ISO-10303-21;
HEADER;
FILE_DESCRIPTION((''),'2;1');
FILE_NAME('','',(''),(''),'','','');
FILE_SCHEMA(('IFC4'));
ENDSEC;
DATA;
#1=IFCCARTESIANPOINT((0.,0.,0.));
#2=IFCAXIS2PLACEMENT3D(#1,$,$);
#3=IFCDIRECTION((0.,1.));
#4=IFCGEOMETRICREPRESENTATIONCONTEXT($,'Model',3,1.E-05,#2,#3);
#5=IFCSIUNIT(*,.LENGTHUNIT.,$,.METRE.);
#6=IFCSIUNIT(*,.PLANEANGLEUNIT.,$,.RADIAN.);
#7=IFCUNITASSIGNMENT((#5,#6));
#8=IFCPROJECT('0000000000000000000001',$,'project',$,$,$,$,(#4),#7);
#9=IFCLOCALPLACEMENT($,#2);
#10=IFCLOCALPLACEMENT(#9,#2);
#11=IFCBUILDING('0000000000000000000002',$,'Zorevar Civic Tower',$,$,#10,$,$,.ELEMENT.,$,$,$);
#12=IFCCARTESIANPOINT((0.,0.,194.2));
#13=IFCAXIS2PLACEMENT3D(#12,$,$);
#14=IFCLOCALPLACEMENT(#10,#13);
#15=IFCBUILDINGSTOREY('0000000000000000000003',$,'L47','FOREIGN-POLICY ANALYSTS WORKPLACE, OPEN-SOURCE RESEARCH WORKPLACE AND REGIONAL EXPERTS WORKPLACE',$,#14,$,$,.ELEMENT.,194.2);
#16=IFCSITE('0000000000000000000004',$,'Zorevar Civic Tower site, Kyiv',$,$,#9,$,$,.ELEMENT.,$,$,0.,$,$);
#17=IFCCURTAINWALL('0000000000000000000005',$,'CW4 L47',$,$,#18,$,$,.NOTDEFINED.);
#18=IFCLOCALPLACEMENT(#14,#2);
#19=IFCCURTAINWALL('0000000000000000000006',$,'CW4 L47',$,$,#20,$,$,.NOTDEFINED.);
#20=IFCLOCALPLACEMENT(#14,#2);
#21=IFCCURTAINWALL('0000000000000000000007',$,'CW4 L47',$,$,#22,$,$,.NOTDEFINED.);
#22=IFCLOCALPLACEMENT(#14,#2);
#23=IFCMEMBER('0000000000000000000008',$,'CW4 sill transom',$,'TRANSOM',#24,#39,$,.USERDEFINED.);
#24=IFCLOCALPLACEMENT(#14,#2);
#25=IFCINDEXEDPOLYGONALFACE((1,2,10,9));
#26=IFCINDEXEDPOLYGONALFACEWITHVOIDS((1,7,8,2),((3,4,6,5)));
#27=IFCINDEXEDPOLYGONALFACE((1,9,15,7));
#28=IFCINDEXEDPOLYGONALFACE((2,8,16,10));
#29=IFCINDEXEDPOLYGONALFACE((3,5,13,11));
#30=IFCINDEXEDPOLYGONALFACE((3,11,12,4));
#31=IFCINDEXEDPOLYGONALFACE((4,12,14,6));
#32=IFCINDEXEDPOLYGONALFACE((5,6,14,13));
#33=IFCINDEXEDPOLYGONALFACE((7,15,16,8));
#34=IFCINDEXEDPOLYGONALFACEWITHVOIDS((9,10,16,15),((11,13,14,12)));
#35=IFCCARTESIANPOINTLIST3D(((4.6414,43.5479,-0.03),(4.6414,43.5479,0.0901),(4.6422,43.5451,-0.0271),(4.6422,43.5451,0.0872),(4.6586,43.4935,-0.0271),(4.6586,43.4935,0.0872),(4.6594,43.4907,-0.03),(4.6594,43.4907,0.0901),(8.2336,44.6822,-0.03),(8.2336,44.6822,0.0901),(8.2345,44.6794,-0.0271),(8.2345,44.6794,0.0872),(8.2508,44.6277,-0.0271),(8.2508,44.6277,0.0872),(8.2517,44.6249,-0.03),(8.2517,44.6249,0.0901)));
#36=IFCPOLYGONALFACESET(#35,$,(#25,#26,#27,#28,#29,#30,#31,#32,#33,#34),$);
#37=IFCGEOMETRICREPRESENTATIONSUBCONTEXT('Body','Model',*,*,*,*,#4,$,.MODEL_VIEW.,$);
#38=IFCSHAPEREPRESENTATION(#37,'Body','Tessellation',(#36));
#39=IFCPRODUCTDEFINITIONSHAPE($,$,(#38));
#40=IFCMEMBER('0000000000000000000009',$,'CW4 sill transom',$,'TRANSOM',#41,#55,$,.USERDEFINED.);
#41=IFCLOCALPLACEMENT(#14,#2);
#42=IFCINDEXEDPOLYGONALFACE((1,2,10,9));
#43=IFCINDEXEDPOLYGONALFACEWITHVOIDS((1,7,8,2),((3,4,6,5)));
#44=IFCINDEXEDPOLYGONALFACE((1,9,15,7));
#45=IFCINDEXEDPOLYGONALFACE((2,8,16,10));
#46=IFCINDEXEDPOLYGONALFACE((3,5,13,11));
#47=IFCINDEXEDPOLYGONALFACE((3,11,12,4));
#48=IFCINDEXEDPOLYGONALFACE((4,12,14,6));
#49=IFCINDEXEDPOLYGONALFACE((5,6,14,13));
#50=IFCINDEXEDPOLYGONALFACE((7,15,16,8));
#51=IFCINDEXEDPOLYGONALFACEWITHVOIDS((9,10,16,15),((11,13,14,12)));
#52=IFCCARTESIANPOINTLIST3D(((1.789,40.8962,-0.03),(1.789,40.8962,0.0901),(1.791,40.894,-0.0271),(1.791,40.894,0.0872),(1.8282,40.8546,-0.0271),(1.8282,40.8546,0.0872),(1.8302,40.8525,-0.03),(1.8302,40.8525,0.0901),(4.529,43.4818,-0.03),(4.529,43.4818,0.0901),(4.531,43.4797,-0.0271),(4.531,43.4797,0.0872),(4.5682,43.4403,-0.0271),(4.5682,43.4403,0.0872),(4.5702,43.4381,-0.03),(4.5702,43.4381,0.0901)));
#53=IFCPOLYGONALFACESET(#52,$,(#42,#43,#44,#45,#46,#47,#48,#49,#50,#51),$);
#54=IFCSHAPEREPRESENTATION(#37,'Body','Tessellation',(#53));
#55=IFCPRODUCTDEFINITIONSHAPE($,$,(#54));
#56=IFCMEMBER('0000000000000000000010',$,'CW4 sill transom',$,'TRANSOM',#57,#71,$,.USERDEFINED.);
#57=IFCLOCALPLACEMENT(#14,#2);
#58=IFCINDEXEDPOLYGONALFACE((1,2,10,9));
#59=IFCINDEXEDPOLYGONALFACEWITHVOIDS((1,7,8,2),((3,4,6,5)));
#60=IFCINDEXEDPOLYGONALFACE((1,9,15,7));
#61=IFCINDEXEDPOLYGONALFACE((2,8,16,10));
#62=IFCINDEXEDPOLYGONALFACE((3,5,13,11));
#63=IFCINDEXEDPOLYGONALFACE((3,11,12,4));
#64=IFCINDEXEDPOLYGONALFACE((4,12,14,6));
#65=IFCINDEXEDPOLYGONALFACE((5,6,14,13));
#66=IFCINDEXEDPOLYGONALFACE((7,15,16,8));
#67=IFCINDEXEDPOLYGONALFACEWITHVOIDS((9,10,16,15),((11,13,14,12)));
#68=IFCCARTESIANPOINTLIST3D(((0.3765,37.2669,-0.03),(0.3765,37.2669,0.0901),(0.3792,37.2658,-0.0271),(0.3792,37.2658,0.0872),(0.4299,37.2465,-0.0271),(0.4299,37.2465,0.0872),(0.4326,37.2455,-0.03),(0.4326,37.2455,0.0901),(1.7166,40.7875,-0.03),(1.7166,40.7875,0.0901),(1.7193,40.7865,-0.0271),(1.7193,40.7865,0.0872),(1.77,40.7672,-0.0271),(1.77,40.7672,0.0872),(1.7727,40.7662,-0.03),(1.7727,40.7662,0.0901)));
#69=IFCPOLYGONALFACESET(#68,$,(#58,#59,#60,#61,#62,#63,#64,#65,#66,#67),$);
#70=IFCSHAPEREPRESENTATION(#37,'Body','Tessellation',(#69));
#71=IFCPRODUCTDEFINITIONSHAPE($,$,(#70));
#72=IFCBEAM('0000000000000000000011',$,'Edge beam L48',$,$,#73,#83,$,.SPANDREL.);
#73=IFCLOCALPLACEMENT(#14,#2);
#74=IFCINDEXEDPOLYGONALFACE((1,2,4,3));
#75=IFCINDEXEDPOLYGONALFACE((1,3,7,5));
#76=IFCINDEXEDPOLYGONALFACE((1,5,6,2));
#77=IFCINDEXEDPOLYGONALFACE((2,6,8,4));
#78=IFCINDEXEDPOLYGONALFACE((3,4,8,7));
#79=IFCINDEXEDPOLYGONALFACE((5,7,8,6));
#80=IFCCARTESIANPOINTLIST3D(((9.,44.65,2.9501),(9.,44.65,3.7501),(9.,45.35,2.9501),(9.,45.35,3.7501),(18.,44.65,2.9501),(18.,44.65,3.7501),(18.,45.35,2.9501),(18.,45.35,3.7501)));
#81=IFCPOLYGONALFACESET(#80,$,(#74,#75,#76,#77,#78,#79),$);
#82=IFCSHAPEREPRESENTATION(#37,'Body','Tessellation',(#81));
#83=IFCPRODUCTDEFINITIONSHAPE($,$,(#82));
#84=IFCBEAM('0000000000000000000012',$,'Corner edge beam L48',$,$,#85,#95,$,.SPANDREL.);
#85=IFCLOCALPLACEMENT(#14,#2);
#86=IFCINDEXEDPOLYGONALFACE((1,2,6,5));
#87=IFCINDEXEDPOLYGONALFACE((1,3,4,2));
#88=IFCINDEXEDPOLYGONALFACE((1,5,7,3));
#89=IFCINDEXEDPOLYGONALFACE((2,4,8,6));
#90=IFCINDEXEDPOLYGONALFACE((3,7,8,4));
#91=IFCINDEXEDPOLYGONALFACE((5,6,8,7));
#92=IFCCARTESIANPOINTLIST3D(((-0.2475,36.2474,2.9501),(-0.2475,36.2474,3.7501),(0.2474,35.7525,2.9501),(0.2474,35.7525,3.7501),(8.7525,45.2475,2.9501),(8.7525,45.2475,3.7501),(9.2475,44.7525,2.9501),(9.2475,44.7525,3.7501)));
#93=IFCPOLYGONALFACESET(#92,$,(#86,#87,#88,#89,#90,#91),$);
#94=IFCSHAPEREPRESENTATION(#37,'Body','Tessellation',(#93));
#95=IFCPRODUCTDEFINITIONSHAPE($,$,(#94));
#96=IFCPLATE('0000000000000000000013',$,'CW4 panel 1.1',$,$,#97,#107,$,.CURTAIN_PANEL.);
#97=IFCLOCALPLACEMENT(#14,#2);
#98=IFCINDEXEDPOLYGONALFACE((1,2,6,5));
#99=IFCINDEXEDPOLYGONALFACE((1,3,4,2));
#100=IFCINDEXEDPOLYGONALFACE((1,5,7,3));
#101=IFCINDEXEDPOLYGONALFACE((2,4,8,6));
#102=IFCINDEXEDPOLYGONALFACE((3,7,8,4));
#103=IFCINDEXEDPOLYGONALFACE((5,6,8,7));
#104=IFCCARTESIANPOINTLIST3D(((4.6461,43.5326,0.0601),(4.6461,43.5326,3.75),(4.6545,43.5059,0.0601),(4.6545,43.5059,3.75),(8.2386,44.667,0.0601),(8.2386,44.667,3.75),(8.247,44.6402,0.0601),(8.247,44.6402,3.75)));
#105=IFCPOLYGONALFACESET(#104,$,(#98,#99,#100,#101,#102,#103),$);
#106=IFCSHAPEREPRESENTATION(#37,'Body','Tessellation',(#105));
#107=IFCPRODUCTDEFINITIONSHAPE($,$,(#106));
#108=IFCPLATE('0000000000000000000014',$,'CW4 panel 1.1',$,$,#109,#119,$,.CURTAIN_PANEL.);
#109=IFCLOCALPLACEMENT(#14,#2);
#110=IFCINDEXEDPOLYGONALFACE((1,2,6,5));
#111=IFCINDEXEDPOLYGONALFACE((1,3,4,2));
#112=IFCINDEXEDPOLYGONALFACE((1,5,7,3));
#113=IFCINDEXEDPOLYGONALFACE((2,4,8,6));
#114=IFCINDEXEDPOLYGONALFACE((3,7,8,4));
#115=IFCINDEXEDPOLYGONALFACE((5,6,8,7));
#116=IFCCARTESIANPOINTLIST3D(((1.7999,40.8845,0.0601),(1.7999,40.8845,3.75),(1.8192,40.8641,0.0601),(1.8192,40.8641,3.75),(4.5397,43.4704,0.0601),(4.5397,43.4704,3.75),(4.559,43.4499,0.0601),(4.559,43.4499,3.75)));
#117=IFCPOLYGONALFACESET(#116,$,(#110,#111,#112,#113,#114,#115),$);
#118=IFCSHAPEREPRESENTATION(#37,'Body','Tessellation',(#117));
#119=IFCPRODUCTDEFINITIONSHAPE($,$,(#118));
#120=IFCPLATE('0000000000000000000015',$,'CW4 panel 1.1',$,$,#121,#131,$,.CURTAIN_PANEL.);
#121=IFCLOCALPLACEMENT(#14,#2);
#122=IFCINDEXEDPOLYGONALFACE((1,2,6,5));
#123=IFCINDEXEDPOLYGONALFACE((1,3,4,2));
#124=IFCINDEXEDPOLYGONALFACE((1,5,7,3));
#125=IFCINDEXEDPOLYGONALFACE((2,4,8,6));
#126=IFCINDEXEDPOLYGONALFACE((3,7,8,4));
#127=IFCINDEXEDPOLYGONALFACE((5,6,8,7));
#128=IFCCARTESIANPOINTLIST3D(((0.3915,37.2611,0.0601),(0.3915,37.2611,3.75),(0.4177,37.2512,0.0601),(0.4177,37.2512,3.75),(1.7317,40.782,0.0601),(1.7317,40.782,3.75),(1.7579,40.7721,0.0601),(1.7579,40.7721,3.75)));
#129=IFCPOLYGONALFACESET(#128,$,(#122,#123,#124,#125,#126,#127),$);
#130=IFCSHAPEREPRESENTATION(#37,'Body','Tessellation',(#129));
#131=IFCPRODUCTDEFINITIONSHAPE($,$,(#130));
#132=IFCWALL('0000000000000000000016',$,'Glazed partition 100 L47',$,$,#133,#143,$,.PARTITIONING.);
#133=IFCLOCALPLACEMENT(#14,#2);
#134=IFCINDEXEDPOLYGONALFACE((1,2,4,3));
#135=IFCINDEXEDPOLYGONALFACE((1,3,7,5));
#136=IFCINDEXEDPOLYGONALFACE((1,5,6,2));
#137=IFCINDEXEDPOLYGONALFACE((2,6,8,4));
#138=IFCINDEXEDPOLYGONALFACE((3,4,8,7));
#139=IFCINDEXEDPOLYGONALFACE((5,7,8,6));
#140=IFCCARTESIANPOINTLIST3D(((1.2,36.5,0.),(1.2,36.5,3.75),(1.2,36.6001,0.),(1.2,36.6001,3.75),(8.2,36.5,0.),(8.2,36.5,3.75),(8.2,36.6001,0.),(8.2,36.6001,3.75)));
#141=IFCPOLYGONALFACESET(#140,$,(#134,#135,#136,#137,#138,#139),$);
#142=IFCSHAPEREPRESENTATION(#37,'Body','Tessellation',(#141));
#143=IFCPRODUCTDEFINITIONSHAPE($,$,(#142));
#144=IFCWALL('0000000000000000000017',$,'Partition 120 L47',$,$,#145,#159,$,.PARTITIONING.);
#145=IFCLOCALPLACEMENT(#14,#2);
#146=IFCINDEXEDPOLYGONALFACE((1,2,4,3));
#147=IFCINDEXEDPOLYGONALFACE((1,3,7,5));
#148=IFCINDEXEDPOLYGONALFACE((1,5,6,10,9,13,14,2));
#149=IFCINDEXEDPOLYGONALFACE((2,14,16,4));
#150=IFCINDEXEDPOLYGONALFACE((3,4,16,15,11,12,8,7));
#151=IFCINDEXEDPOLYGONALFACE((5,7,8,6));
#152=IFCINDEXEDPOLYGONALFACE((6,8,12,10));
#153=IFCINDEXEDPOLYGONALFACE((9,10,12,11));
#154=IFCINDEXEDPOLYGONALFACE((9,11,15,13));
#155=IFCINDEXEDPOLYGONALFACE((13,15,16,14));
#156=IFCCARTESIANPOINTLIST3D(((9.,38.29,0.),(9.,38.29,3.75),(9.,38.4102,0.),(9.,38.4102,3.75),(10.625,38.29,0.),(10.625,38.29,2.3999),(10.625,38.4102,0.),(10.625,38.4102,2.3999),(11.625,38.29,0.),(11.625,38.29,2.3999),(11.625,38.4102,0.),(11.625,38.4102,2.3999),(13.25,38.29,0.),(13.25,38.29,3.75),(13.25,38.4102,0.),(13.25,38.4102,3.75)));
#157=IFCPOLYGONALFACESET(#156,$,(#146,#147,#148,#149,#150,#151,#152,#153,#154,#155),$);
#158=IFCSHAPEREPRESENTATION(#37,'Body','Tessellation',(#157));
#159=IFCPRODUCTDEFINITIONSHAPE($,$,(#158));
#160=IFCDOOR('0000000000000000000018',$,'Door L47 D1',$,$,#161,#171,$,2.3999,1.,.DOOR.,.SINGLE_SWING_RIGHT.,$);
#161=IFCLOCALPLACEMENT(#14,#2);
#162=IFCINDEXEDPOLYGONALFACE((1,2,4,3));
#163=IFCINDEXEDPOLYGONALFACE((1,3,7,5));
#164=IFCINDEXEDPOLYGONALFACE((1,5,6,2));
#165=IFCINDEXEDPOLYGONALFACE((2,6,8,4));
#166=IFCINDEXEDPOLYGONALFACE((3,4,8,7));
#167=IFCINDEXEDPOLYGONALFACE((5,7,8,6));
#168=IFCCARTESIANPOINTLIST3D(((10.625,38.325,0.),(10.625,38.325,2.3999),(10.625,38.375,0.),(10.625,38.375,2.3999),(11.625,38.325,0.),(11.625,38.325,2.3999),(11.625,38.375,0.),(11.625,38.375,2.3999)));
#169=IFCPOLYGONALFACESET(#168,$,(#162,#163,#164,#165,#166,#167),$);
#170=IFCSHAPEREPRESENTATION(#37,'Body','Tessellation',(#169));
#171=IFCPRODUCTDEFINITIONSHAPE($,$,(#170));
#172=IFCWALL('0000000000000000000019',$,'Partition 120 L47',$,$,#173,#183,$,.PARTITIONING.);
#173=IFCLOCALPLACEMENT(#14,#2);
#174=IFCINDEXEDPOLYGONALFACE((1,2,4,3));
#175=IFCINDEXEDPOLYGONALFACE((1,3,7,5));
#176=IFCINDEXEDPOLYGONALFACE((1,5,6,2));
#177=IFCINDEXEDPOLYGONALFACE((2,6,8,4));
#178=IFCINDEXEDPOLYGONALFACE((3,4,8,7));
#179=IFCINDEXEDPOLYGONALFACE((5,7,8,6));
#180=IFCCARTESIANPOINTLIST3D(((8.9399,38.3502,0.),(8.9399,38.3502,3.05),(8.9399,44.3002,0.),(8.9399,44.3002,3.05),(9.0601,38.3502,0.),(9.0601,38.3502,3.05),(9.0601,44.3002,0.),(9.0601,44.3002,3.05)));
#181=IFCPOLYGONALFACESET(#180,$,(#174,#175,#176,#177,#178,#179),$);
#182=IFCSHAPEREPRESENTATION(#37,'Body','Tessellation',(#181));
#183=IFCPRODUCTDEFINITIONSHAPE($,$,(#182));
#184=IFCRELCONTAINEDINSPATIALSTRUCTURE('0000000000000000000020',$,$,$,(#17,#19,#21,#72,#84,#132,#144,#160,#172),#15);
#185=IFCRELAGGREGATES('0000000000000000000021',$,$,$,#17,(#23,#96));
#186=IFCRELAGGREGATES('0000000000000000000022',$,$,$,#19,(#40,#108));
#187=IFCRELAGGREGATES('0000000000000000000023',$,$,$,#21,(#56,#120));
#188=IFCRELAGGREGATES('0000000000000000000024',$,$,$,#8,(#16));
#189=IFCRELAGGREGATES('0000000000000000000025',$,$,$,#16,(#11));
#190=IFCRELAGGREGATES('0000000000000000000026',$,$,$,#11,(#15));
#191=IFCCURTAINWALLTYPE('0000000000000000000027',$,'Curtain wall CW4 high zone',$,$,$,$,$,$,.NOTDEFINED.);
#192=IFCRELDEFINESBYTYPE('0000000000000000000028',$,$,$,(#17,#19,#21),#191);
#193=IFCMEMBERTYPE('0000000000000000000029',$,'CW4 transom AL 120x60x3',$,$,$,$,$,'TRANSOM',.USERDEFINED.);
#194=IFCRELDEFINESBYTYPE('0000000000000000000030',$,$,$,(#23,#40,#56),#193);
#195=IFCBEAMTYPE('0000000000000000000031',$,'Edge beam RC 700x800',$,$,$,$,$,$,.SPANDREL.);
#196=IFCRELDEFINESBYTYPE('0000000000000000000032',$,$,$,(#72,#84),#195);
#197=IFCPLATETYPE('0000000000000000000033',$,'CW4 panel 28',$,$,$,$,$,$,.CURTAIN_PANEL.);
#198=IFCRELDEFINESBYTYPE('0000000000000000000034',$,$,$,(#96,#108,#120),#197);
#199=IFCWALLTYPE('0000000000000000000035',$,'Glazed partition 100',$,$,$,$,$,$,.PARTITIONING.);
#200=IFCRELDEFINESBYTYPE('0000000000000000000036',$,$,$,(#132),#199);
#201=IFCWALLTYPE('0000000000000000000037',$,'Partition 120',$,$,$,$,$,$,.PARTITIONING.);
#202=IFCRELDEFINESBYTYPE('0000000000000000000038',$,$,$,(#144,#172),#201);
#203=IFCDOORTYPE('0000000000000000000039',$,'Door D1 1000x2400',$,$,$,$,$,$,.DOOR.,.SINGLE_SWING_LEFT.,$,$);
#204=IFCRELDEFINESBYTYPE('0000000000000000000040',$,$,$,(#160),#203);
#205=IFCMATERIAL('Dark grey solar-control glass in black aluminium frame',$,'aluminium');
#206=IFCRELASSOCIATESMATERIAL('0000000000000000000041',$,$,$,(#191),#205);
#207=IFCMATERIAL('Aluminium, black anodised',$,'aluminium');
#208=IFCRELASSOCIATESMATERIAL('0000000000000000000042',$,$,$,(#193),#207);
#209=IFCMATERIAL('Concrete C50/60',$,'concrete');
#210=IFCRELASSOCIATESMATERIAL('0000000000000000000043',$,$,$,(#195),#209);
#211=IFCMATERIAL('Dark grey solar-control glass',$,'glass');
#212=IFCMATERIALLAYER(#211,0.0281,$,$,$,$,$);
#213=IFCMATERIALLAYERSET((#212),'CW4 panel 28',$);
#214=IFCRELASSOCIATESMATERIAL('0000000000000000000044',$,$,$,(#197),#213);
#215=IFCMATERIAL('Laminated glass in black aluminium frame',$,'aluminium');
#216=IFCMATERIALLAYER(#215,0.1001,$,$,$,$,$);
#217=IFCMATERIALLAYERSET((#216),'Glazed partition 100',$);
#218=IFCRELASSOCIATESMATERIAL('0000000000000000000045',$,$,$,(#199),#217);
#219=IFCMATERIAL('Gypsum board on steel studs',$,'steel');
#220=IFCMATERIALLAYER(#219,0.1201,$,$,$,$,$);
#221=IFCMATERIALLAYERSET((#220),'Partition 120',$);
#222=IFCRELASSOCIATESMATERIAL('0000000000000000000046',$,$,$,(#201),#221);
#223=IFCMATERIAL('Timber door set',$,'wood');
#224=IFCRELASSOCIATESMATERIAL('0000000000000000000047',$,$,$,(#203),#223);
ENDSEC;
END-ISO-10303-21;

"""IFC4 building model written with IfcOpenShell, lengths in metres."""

from ifc_helpers import new_model, si_unit, direction, frame, frame_2d, origin, origin_2d, place, context, subcontext, project, spatial, rectangle, hollow_rectangle, extrude, material, layer, layer_set, material_profile, profile_set, type_object, element, fill, aggregate, save


model = new_model("IFC4")

# Units and contexts
model_context = context("Model", 3, precision=1e-05, world=origin(), true_north=direction((0.0, 1.0)))
body_context = subcontext(model_context, "Body", "Model", "MODEL_VIEW")
ifc_project = project(units=[si_unit("LENGTHUNIT", "METRE"), si_unit("PLANEANGLEUNIT", "RADIAN")], contexts=[model_context])

# Site, building, storey
site_placement = place(None, origin())
site = spatial("IfcSite", under=ifc_project, at=site_placement, Name="Zorevar Civic Tower site, Kyiv", CompositionType="ELEMENT", RefElevation=0.0)
building_placement = place(site_placement, origin())
building = spatial("IfcBuilding", under=site, at=building_placement, Name="Zorevar Civic Tower", CompositionType="ELEMENT")
storey_placement = place(building_placement, frame((0.0, 0.0, 194.2)))
storey = spatial("IfcBuildingStorey", under=building, at=storey_placement, Name="L47", Description="FOREIGN-POLICY ANALYSTS WORKPLACE, OPEN-SOURCE RESEARCH WORKPLACE AND REGIONAL EXPERTS WORKPLACE", CompositionType="ELEMENT", Elevation=194.2)

# Curtain walls
ifc_material_1 = material(Name="Dark grey solar-control glass in black aluminium frame", Category="aluminium")
curtain_wall_type = type_object("IfcCurtainWallType", Name="Curtain wall CW4 high zone", PredefinedType="NOTDEFINED", material=ifc_material_1)
curtain_wall_1_placement = place(storey_placement, origin())
curtain_wall_1 = element("IfcCurtainWall", 1, at=curtain_wall_1_placement, inside=storey, type_object=curtain_wall_type, Name="CW4 L47", PredefinedType="NOTDEFINED")
curtain_wall_2_placement = place(storey_placement, origin())
curtain_wall_2 = element("IfcCurtainWall", 2, at=curtain_wall_2_placement, inside=storey, type_object=curtain_wall_type, Name="CW4 L47", PredefinedType="NOTDEFINED")
curtain_wall_3_placement = place(storey_placement, origin())
curtain_wall_3 = element("IfcCurtainWall", 3, at=curtain_wall_3_placement, inside=storey, type_object=curtain_wall_type, Name="CW4 L47", PredefinedType="NOTDEFINED")

# Members
ifc_material_2 = material(Name="Aluminium, black anodised", Category="aluminium")
ifc_material_profile_1 = material_profile(ifc_material_2, hollow_rectangle(XDim=0.0601, YDim=0.1201, WallThickness=0.0029, at=origin_2d()), Name="AL 120x60x3")
ifc_profile_set_1 = profile_set([ifc_material_profile_1], Name="Aluminium, black anodised")
member_type_1 = type_object("IfcMemberType", Name="CW4 transom AL 120x60x3", ElementType="TRANSOM", PredefinedType="USERDEFINED", material=ifc_profile_set_1)
member_1_placement = place(storey_placement, frame((8.2427, 44.6536, 0.03), z_axis=(-0.953592, -0.3011, 0.0), x_axis=(0.3011, -0.953592, 0.0)))
member_1 = element("IfcMember", 4, at=member_1_placement, type_object=member_type_1, Name="CW4 sill transom", ObjectType="TRANSOM", PredefinedType="USERDEFINED", context=body_context, shape_type="SweptSolid", body=[
    extrude(hollow_rectangle(XDim=0.0601, YDim=0.1201, WallThickness=0.0029, at=origin_2d()), origin(), (0.0, 0.0, 1.0), 3.7671),
])
member_2_placement = place(storey_placement, frame((4.5496, 43.46, 0.03), z_axis=(-0.727288, -0.686332, 0.0), x_axis=(0.686332, -0.727288, 0.0)))
member_2 = element("IfcMember", 5, at=member_2_placement, type_object=member_type_1, Name="CW4 sill transom", ObjectType="TRANSOM", PredefinedType="USERDEFINED", context=body_context, shape_type="SweptSolid", body=[
    extrude(hollow_rectangle(XDim=0.0601, YDim=0.1201, WallThickness=0.0029, at=origin_2d()), origin(), (0.0, 0.0, 1.0), 3.7673),
])
member_3_placement = place(storey_placement, frame((1.7446, 40.7769, 0.03), z_axis=(-0.355729, -0.934589, 0.0), x_axis=(0.934589, -0.355729, 0.0)))
member_3 = element("IfcMember", 6, at=member_3_placement, type_object=member_type_1, Name="CW4 sill transom", ObjectType="TRANSOM", PredefinedType="USERDEFINED", context=body_context, shape_type="SweptSolid", body=[
    extrude(hollow_rectangle(XDim=0.0601, YDim=0.1201, WallThickness=0.0029, at=origin_2d()), origin(), (0.0, 0.0, 1.0), 3.7671),
])

# Beams
ifc_material_3 = material(Name="Concrete C50/60", Category="concrete")
ifc_material_profile_2 = material_profile(ifc_material_3, rectangle(XDim=0.7, YDim=0.8, at=origin_2d()), Name="RC 700x800")
ifc_profile_set_2 = profile_set([ifc_material_profile_2], Name="Concrete C50/60")
beam_type_1 = type_object("IfcBeamType", Name="Edge beam RC 700x800", PredefinedType="SPANDREL", material=ifc_profile_set_2)
beam_1_placement = place(storey_placement, frame((9.0, 45.0, 3.3501), z_axis=(1.0, 0.0, 0.0), x_axis=(0.0, 1.0, 0.0)))
element("IfcBeam", 7, at=beam_1_placement, inside=storey, type_object=beam_type_1, Name="Edge beam L48", PredefinedType="SPANDREL", context=body_context, shape_type="SweptSolid", body=[
    extrude(rectangle(XDim=0.7, YDim=0.8, at=origin_2d()), origin(), (0.0, 0.0, 1.0), 9.0),
])
beam_2_placement = place(storey_placement, frame((9.0, 45.0, 3.3501), z_axis=(-0.707107, -0.707107, 0.0), x_axis=(0.707107, -0.707107, 0.0)))
element("IfcBeam", 8, at=beam_2_placement, inside=storey, type_object=beam_type_1, Name="Corner edge beam L48", PredefinedType="SPANDREL", context=body_context, shape_type="SweptSolid", body=[
    extrude(rectangle(XDim=0.7, YDim=0.8, at=origin_2d()), origin(), (0.0, 0.0, 1.0), 12.728),
])

# Plates
ifc_material_4 = material(Name="Dark grey solar-control glass", Category="glass")
ifc_layer_1 = layer(ifc_material_4, 0.0281)
ifc_layer_set_1 = layer_set([ifc_layer_1], Name="CW4 panel 28")
plate_type = type_object("IfcPlateType", Name="CW4 panel 28", PredefinedType="CURTAIN_PANEL", material=ifc_layer_set_1)
plate_1_placement = place(storey_placement, frame((6.4465, 44.0864, 0.0601), z_axis=(0.0, 0.0, 1.0), x_axis=(-0.95359, -0.301108, 0.0)))
plate_1 = element("IfcPlate", 9, at=plate_1_placement, type_object=plate_type, Name="CW4 panel 1.1", PredefinedType="CURTAIN_PANEL", context=body_context, shape_type="SweptSolid", body=[
    extrude(rectangle(XDim=3.7673, YDim=0.0281, at=origin_2d()), origin(), (0.0, 0.0, 1.0), 3.6899),
])
aggregate(curtain_wall_1, [member_1, plate_1])
plate_2_placement = place(storey_placement, frame((3.1794, 42.1672, 0.0601), z_axis=(0.0, 0.0, 1.0), x_axis=(-0.727245, -0.686378, 0.0)))
plate_2 = element("IfcPlate", 10, at=plate_2_placement, type_object=plate_type, Name="CW4 panel 1.1", PredefinedType="CURTAIN_PANEL", context=body_context, shape_type="SweptSolid", body=[
    extrude(rectangle(XDim=3.7673, YDim=0.0281, at=origin_2d()), origin(), (0.0, 0.0, 1.0), 3.6899),
])
aggregate(curtain_wall_2, [member_2, plate_2])
plate_3_placement = place(storey_placement, frame((1.0747, 39.0166, 0.0601), z_axis=(0.0, 0.0, 1.0), x_axis=(-0.355731, -0.934588, 0.0)))
plate_3 = element("IfcPlate", 11, at=plate_3_placement, type_object=plate_type, Name="CW4 panel 1.1", PredefinedType="CURTAIN_PANEL", context=body_context, shape_type="SweptSolid", body=[
    extrude(rectangle(XDim=3.7673, YDim=0.0281, at=origin_2d()), origin(), (0.0, 0.0, 1.0), 3.6899),
])
aggregate(curtain_wall_3, [member_3, plate_3])

# Wall
ifc_material_5 = material(Name="Laminated glass in black aluminium frame", Category="aluminium")
ifc_layer_2 = layer(ifc_material_5, 0.1001)
ifc_layer_set_2 = layer_set([ifc_layer_2], Name="Glazed partition 100")
wall_type_1 = type_object("IfcWallType", Name="Glazed partition 100", PredefinedType="PARTITIONING", material=ifc_layer_set_2)
wall_1_placement = place(storey_placement, frame((1.2, 36.55, 0.0), z_axis=(0.0, 0.0, 1.0), x_axis=(1.0, 0.0, 0.0)))
element("IfcWall", 12, at=wall_1_placement, inside=storey, type_object=wall_type_1, Name="Glazed partition 100 L47", PredefinedType="PARTITIONING", context=body_context, shape_type="SweptSolid", body=[
    extrude(rectangle(XDim=7.0, YDim=0.1001, at=frame_2d((3.5, 0.0))), origin(), (0.0, 0.0, 1.0), 3.75),
])

# Wall, opening, door
ifc_material_6 = material(Name="Gypsum board on steel studs", Category="steel")
ifc_layer_3 = layer(ifc_material_6, 0.1201)
ifc_layer_set_3 = layer_set([ifc_layer_3], Name="Partition 120")
wall_type_2 = type_object("IfcWallType", Name="Partition 120", PredefinedType="PARTITIONING", material=ifc_layer_set_3)
wall_2_placement = place(storey_placement, frame((9.0, 38.3501, 0.0), z_axis=(0.0, 0.0, 1.0), x_axis=(1.0, 0.0, 0.0)))
wall_2 = element("IfcWall", 13, at=wall_2_placement, inside=storey, type_object=wall_type_2, Name="Partition 120 L47", PredefinedType="PARTITIONING", context=body_context, shape_type="SweptSolid", body=[
    extrude(rectangle(XDim=4.25, YDim=0.1201, at=frame_2d((2.125, 0.0))), origin(), (0.0, 0.0, 1.0), 3.75),
])
opening_placement = place(wall_2_placement, frame((1.625, 0.0, 0.0)))
opening = element("IfcOpeningElement", 14, at=opening_placement, cuts=wall_2, PredefinedType="OPENING", context=body_context, shape_type="SweptSolid", body=[
    extrude(rectangle(XDim=1.0, YDim=2.3999, at=frame_2d((0.5, 1.2))), frame((0.0, 0.0701, 0.0), z_axis=(0.0, -1.0, 0.0), x_axis=(1.0, 0.0, 0.0)), (0.0, 0.0, 1.0), 0.1401),
])
ifc_material_7 = material(Name="Timber door set", Category="wood")
door_type = type_object("IfcDoorType", Name="Door D1 1000x2400", OperationType="SINGLE_SWING_LEFT", PredefinedType="DOOR", material=ifc_material_7)
door_placement = place(opening_placement, origin())
door = element("IfcDoor", 15, at=door_placement, inside=storey, type_object=door_type, Name="Door L47 D1", OperationType="SINGLE_SWING_RIGHT", OverallHeight=2.3999, OverallWidth=1.0, PredefinedType="DOOR", context=body_context, shape_type="SweptSolid", body=[
    extrude(rectangle(XDim=1.0, YDim=2.3999, at=frame_2d((0.5, 1.2))), frame((0.0, 0.0249, 0.0), z_axis=(0.0, -1.0, 0.0), x_axis=(1.0, 0.0, 0.0)), (0.0, 0.0, 1.0), 0.05),
])
fill(opening, door)

# Wall
wall_3_placement = place(storey_placement, frame((9.0, 38.3501, 0.0), z_axis=(0.0, 0.0, 1.0), x_axis=(0.0, 1.0, 0.0)))
element("IfcWall", 16, at=wall_3_placement, inside=storey, type_object=wall_type_2, Name="Partition 120 L47", PredefinedType="PARTITIONING", context=body_context, shape_type="SweptSolid", body=[
    extrude(rectangle(XDim=5.95, YDim=0.1201, at=frame_2d((2.9751, 0.0))), origin(), (0.0, 0.0, 1.0), 3.05),
])

save(model, "model.ifc")
